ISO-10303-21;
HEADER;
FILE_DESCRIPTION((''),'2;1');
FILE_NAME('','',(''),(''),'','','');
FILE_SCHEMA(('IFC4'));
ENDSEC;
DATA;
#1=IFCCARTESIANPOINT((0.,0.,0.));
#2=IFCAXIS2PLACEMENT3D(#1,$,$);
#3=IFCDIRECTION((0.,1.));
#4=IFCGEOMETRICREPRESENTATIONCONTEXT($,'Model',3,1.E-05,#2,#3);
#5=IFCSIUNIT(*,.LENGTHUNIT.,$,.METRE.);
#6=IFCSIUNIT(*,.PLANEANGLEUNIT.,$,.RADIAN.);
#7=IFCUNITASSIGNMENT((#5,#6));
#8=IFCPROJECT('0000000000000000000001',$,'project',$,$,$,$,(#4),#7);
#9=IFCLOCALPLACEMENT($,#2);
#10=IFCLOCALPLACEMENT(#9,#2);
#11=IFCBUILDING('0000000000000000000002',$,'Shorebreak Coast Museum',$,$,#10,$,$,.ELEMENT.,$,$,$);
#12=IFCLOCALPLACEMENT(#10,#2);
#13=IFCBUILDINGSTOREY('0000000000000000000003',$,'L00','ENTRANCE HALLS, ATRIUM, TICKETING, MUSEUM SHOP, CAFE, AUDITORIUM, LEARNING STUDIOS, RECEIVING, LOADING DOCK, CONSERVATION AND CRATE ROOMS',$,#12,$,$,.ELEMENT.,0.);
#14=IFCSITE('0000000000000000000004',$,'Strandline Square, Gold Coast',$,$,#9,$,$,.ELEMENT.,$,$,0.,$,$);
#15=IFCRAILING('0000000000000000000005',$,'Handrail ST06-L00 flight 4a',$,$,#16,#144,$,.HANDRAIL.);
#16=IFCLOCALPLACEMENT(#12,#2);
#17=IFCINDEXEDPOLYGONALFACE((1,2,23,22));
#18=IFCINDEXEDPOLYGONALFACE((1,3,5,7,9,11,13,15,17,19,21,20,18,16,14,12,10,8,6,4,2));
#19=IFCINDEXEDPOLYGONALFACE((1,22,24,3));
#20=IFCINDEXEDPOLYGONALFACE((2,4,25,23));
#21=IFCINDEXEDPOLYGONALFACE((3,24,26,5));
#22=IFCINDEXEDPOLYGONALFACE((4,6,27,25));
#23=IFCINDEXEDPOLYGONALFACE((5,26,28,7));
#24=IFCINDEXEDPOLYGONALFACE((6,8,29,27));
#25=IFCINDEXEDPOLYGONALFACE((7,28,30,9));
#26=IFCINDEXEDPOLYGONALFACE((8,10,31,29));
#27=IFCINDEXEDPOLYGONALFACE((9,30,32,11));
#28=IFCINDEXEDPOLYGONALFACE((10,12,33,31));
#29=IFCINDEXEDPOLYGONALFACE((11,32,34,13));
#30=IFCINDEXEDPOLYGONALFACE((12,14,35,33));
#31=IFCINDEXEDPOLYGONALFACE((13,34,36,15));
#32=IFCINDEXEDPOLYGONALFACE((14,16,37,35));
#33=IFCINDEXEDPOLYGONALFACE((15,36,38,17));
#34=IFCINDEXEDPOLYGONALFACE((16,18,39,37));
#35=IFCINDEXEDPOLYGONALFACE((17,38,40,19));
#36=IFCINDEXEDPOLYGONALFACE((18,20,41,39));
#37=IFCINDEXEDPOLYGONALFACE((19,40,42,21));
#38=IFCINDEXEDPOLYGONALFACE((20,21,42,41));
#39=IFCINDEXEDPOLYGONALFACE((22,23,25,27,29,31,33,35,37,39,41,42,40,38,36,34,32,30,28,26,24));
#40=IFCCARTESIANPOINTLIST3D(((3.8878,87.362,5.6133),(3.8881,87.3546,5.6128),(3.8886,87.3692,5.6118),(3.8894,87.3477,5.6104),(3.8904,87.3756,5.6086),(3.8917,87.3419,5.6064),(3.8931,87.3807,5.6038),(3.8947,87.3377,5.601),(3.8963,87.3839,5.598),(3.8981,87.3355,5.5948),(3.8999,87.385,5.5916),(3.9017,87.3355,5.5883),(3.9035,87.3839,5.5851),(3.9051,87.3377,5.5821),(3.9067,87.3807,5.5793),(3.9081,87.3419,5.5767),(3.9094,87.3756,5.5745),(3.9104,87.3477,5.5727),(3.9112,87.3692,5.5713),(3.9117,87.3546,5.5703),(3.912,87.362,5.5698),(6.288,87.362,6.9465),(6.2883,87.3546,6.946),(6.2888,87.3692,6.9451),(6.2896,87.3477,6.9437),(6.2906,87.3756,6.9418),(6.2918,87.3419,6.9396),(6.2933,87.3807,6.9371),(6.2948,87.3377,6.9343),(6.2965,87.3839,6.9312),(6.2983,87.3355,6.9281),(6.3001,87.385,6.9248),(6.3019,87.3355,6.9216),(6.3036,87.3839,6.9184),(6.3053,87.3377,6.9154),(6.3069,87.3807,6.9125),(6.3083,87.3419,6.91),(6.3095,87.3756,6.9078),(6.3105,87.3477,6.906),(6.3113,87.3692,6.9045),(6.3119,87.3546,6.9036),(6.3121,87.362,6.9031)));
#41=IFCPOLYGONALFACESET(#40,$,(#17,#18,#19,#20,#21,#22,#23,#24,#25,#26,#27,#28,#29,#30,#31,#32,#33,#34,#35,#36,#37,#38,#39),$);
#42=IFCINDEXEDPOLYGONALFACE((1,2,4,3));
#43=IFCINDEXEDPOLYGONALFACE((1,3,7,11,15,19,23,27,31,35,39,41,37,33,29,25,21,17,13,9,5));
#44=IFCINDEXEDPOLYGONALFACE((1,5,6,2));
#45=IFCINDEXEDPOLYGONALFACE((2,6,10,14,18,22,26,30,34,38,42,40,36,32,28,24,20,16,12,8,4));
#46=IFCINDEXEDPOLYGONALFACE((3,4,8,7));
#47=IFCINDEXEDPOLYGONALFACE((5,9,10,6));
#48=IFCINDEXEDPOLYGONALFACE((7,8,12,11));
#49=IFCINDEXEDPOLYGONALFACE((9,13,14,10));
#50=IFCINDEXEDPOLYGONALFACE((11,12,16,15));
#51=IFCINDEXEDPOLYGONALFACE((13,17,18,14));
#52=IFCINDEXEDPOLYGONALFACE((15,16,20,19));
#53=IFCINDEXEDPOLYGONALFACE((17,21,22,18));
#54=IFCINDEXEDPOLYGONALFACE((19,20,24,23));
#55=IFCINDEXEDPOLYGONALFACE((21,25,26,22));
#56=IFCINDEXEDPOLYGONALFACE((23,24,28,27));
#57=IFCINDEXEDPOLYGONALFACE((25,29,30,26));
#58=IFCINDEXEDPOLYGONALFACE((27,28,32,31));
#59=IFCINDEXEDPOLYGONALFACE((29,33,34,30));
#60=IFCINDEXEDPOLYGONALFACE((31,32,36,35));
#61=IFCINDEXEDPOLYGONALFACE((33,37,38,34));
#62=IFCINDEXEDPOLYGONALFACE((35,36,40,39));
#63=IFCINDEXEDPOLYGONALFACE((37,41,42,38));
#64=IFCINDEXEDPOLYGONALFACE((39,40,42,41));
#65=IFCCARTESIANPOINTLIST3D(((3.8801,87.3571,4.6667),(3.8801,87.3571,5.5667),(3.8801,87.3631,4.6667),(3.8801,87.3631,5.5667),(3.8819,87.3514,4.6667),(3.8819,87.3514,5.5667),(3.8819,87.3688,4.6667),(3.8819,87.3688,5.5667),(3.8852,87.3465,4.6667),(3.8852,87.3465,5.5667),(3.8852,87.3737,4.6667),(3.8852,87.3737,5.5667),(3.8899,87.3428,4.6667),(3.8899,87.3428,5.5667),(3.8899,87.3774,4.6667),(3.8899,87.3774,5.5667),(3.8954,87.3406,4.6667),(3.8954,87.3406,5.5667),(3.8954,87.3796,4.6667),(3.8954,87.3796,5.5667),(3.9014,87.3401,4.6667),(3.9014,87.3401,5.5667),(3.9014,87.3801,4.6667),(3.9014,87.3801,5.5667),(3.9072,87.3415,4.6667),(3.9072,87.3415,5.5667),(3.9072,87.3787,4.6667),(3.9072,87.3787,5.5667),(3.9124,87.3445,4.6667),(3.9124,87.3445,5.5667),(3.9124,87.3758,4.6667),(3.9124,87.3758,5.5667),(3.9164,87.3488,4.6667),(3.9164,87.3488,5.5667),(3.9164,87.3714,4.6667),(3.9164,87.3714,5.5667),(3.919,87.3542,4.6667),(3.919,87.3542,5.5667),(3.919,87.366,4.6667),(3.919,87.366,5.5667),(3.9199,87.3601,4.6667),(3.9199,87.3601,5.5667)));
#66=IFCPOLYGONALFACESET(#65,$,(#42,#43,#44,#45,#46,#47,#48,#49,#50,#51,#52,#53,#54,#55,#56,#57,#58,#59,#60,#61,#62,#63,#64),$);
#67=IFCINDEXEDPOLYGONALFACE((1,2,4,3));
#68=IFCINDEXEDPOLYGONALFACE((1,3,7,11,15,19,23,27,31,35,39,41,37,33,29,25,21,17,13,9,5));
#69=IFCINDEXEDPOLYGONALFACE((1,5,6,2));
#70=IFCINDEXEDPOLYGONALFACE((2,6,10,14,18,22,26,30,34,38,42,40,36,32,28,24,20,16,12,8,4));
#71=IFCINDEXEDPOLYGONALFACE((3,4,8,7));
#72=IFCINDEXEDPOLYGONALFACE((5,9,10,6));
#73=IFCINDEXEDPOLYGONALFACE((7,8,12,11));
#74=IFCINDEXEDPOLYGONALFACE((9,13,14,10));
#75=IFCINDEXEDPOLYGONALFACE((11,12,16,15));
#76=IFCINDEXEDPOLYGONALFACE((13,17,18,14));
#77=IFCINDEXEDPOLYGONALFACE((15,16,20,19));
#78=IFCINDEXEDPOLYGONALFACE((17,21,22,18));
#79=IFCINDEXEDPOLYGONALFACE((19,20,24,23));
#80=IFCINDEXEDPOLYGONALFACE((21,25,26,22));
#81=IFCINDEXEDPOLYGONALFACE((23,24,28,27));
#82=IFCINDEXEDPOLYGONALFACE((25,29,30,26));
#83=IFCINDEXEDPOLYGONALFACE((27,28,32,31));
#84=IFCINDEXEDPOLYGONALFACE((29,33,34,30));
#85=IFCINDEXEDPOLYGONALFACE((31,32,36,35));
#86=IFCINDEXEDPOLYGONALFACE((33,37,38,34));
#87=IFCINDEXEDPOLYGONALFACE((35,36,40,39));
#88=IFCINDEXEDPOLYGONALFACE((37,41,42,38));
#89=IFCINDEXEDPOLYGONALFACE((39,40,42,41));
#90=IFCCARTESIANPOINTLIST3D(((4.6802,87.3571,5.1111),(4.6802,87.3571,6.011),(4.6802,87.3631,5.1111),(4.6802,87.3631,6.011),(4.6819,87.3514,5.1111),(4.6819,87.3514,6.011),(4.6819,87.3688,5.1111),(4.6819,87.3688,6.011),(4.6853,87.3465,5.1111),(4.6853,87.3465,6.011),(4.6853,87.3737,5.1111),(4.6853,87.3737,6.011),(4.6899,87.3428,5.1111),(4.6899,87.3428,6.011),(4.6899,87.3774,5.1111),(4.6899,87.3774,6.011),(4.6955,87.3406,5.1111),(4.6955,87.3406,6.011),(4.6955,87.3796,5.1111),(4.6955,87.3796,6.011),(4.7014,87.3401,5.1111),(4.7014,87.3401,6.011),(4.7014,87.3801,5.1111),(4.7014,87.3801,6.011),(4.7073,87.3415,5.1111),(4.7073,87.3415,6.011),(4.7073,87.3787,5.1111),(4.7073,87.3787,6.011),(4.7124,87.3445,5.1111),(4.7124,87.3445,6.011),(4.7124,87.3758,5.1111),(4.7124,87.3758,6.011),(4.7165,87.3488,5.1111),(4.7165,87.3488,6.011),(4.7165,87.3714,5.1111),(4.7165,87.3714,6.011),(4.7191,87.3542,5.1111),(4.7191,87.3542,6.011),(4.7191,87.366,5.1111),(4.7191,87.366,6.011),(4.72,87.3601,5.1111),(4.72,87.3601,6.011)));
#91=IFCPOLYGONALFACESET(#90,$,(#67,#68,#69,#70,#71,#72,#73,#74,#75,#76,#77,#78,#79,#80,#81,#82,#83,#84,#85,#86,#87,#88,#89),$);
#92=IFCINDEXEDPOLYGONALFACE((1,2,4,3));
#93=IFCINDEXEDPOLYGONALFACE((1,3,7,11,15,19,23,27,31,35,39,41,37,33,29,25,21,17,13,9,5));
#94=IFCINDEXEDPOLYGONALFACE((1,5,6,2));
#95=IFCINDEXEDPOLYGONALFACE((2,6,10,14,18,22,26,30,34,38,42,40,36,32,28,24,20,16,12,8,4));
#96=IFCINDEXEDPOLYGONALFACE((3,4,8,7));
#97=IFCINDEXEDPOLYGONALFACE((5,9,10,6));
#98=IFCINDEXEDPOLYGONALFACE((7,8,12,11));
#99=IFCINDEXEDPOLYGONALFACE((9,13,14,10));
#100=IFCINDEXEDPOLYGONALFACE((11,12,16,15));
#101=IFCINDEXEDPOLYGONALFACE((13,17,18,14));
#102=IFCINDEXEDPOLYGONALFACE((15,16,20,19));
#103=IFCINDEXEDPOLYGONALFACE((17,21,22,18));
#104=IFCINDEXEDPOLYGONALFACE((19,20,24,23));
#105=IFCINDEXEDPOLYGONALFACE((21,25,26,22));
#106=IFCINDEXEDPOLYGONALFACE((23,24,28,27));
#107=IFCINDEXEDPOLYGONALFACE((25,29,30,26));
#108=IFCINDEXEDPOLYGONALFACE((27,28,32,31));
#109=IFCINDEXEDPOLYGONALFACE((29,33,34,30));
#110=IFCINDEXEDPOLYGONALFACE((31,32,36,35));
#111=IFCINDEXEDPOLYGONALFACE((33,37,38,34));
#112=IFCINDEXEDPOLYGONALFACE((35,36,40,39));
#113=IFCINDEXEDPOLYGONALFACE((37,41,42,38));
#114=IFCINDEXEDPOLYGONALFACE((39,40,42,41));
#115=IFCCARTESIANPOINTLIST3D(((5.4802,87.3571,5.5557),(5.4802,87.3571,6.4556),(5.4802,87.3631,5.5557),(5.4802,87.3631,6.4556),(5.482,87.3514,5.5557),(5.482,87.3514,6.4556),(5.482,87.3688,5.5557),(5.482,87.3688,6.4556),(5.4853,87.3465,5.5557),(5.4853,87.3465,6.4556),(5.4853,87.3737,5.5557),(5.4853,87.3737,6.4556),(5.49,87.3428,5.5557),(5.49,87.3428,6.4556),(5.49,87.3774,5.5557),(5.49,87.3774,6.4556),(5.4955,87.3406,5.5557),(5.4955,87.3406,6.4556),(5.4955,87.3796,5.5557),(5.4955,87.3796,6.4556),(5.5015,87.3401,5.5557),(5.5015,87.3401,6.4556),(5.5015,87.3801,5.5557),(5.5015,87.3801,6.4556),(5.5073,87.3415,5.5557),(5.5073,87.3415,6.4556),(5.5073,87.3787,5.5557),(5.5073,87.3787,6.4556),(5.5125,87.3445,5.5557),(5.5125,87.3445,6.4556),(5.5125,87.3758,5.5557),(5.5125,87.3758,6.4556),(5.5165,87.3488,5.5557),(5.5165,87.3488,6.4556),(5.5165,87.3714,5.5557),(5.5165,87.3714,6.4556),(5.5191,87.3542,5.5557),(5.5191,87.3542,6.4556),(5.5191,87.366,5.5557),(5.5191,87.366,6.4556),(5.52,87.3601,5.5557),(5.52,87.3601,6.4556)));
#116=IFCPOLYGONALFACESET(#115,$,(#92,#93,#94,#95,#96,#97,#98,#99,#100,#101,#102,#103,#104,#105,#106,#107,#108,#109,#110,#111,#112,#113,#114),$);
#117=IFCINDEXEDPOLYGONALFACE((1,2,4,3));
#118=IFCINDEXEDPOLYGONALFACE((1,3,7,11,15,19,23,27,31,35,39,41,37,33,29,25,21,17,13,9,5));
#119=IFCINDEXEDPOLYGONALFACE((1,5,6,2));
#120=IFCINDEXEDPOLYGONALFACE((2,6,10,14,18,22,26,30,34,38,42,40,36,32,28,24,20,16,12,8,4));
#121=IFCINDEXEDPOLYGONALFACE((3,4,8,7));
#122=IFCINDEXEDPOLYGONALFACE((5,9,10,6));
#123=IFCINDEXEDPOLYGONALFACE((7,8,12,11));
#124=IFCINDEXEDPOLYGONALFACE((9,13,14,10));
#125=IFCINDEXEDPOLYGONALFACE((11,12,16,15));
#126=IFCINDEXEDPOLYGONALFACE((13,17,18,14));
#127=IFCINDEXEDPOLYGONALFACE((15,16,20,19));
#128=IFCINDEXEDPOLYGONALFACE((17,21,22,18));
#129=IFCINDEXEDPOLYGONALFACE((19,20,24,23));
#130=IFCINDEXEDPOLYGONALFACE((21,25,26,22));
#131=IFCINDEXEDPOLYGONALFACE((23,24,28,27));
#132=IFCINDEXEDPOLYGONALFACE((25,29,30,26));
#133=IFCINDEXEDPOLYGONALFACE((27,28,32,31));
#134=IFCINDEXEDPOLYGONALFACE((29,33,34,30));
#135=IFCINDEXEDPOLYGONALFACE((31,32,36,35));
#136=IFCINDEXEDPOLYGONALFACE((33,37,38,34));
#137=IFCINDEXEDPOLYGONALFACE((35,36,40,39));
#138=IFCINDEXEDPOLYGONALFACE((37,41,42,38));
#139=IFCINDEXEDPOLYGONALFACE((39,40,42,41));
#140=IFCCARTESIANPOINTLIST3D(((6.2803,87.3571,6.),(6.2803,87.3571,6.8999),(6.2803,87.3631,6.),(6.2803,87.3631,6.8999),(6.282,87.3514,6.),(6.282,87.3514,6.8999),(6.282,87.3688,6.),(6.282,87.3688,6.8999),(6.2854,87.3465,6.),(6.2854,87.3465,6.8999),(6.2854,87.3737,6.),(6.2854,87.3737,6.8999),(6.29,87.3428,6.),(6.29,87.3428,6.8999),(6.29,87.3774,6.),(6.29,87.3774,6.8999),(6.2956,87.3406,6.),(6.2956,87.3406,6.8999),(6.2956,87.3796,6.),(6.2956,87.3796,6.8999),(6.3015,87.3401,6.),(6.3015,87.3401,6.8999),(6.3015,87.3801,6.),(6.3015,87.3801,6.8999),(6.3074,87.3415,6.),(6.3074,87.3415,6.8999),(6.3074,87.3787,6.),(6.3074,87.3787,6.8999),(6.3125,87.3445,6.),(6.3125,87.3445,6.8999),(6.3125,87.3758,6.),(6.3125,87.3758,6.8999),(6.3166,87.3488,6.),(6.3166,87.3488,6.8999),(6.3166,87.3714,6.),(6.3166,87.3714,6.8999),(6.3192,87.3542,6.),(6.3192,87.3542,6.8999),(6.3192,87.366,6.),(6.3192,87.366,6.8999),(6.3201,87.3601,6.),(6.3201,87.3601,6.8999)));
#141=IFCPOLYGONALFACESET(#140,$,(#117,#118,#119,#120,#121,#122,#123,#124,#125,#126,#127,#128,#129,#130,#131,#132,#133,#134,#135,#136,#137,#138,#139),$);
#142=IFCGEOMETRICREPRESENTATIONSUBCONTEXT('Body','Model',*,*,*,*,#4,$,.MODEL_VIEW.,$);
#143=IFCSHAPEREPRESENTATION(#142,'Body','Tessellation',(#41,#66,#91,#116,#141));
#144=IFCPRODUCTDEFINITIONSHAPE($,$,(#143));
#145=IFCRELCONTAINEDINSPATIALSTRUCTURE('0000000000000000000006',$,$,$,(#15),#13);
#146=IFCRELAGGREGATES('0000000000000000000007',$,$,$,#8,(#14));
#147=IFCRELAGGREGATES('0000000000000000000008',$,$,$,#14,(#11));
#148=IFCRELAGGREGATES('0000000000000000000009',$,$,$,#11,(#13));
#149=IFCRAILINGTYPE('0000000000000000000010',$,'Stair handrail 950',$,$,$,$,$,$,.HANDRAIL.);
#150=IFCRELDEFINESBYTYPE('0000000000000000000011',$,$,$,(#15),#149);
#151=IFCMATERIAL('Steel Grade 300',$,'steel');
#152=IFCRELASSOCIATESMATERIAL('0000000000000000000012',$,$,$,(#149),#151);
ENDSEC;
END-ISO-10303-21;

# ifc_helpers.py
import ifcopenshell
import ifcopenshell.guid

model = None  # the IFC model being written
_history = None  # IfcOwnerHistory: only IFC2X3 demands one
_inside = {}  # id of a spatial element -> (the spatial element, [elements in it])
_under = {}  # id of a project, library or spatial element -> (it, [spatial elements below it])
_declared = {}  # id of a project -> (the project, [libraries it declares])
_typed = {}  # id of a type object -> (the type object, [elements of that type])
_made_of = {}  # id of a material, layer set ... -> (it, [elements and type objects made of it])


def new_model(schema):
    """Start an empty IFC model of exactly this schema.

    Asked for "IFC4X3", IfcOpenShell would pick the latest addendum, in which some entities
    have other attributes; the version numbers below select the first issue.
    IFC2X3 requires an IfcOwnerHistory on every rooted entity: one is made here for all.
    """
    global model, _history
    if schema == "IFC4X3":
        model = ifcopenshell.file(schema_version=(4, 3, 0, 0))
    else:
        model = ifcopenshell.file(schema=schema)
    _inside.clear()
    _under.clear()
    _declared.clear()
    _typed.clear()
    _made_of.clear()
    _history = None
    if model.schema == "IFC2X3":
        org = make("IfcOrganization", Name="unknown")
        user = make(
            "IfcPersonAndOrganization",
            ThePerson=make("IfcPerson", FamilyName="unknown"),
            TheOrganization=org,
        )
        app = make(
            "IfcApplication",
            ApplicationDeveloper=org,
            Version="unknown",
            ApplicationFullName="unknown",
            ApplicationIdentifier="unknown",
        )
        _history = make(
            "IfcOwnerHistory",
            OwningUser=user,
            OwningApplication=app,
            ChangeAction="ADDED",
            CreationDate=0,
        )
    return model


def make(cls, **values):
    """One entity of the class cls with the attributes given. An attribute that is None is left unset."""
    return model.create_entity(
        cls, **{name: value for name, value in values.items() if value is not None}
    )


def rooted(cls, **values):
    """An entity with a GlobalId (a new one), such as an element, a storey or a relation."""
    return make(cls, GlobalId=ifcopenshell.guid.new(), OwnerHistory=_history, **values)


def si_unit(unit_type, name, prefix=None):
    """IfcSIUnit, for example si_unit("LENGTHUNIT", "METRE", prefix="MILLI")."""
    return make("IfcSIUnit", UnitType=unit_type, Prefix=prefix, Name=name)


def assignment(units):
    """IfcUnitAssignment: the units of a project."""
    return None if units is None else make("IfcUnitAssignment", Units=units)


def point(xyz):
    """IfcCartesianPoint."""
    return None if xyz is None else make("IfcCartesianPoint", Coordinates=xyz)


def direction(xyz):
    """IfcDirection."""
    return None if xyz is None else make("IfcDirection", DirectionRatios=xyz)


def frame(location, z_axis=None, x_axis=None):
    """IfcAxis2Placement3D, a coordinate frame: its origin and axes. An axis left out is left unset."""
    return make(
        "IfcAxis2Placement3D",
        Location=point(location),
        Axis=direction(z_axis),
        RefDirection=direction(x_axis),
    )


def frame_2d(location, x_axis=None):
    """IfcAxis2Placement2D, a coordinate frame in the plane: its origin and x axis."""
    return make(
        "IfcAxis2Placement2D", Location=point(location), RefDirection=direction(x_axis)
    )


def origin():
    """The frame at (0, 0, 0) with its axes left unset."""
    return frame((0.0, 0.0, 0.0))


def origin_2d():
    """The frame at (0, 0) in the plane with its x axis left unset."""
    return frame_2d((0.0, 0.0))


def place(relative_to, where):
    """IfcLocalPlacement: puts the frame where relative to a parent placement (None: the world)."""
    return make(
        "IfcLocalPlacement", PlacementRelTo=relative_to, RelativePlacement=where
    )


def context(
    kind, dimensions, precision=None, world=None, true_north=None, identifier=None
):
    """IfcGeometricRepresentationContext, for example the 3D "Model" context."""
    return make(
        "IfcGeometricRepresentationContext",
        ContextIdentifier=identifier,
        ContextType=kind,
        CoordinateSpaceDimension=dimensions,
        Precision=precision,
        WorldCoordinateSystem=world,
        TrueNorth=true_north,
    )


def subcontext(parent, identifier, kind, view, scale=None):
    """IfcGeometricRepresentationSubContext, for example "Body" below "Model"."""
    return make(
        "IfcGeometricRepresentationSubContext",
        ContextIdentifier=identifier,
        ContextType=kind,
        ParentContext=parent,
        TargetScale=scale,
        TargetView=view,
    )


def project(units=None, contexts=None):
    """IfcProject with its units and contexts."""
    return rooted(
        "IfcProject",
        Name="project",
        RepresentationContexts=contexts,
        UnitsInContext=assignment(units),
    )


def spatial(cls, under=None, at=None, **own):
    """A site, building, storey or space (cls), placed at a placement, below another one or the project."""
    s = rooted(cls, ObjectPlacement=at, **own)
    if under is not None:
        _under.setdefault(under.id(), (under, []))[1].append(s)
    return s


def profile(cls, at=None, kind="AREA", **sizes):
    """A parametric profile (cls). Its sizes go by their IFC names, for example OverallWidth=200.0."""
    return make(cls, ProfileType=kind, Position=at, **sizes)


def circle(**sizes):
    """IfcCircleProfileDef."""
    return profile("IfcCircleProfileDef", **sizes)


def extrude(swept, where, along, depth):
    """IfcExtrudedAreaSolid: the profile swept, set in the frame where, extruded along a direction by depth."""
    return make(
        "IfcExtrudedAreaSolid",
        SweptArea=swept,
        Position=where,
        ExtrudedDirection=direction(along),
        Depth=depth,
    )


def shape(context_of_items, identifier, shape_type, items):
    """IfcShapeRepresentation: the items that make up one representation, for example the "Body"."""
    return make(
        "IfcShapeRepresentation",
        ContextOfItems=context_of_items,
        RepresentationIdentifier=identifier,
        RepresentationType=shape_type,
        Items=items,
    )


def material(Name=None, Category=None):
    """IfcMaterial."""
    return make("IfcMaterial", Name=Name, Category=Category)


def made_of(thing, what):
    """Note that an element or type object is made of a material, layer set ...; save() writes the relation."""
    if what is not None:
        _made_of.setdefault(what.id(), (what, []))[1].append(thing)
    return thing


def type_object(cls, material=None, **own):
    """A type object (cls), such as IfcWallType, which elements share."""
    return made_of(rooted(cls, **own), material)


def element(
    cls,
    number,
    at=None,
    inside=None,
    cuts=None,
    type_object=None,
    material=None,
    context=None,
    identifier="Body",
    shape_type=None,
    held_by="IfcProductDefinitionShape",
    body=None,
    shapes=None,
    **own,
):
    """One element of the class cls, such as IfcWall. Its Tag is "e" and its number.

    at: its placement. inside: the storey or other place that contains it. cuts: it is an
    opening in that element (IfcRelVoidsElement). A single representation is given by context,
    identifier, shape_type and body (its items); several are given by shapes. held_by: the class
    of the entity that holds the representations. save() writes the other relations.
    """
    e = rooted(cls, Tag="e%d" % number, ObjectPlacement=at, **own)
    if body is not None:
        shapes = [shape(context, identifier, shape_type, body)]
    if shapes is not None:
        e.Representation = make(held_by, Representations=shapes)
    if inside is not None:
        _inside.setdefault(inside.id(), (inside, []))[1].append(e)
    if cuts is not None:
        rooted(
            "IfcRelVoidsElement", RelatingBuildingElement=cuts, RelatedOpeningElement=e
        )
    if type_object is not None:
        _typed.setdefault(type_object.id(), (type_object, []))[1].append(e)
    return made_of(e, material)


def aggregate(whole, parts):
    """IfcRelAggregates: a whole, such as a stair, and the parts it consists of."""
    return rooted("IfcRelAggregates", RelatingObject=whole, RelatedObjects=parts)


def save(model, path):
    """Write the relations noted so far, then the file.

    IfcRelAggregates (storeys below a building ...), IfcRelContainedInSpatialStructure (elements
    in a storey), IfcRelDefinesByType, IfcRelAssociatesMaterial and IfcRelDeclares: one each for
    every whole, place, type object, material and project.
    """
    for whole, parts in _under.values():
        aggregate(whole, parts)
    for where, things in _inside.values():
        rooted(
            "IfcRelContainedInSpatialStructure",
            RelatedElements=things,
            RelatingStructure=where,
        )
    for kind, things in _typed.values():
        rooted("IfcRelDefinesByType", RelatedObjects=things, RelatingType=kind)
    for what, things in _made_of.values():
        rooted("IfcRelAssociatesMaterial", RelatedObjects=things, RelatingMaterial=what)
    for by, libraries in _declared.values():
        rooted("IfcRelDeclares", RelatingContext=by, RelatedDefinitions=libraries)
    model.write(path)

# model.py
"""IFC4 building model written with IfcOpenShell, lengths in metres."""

from ifc_helpers import new_model, si_unit, direction, frame, origin, origin_2d, place, context, subcontext, project, spatial, circle, extrude, material, type_object, element, save


model = new_model("IFC4")

# Units and contexts
model_context = context("Model", 3, precision=1e-05, world=origin(), true_north=direction((0.0, 1.0)))
body_context = subcontext(model_context, "Body", "Model", "MODEL_VIEW")
ifc_project = project(units=[si_unit("LENGTHUNIT", "METRE"), si_unit("PLANEANGLEUNIT", "RADIAN")], contexts=[model_context])

# Site, building, storey
site_placement = place(None, origin())
site = spatial("IfcSite", under=ifc_project, at=site_placement, Name="Strandline Square, Gold Coast", CompositionType="ELEMENT", RefElevation=0.0)
building_placement = place(site_placement, origin())
building = spatial("IfcBuilding", under=site, at=building_placement, Name="Shorebreak Coast Museum", CompositionType="ELEMENT")
storey_placement = place(building_placement, origin())
storey = spatial("IfcBuildingStorey", under=building, at=storey_placement, Name="L00", Description="ENTRANCE HALLS, ATRIUM, TICKETING, MUSEUM SHOP, CAFE, AUDITORIUM, LEARNING STUDIOS, RECEIVING, LOADING DOCK, CONSERVATION AND CRATE ROOMS", CompositionType="ELEMENT", Elevation=0.0)

# Railing
ifc_material_1 = material(Name="Steel Grade 300", Category="steel")
railing_type_1 = type_object("IfcRailingType", Name="Stair handrail 950", PredefinedType="HANDRAIL", material=ifc_material_1)
for number, where, name in (
    (1, (3.8999, 87.3601, 4.6667), "Handrail ST06-L00 flight 4a"),
):
    element("IfcRailing", number, at=place(storey_placement, frame(where)), inside=storey, type_object=railing_type_1, Name=name, PredefinedType="HANDRAIL", context=body_context, shape_type="SweptSolid", body=[
        extrude(circle(Radius=0.0249, at=origin_2d()), frame((0.0, 0.0, 0.9248), z_axis=(0.874182, 0.0, 0.485598), x_axis=(0.0, 1.0, 0.0)), (0.0, 0.0, 1.0), 2.7456),
        extrude(circle(Radius=0.02, at=origin_2d()), origin(), (0.0, 0.0, 1.0), 0.8999),
        extrude(circle(Radius=0.02, at=origin_2d()), frame((0.8, 0.0, 0.4443)), (0.0, 0.0, 1.0), 0.8999),
        extrude(circle(Radius=0.02, at=origin_2d()), frame((1.6001, 0.0, 0.8889)), (0.0, 0.0, 1.0), 0.8999),
        extrude(circle(Radius=0.02, at=origin_2d()), frame((2.4001, 0.0, 1.3333)), (0.0, 0.0, 1.0), 0.8999),
    ])

save(model, "model.ifc")
